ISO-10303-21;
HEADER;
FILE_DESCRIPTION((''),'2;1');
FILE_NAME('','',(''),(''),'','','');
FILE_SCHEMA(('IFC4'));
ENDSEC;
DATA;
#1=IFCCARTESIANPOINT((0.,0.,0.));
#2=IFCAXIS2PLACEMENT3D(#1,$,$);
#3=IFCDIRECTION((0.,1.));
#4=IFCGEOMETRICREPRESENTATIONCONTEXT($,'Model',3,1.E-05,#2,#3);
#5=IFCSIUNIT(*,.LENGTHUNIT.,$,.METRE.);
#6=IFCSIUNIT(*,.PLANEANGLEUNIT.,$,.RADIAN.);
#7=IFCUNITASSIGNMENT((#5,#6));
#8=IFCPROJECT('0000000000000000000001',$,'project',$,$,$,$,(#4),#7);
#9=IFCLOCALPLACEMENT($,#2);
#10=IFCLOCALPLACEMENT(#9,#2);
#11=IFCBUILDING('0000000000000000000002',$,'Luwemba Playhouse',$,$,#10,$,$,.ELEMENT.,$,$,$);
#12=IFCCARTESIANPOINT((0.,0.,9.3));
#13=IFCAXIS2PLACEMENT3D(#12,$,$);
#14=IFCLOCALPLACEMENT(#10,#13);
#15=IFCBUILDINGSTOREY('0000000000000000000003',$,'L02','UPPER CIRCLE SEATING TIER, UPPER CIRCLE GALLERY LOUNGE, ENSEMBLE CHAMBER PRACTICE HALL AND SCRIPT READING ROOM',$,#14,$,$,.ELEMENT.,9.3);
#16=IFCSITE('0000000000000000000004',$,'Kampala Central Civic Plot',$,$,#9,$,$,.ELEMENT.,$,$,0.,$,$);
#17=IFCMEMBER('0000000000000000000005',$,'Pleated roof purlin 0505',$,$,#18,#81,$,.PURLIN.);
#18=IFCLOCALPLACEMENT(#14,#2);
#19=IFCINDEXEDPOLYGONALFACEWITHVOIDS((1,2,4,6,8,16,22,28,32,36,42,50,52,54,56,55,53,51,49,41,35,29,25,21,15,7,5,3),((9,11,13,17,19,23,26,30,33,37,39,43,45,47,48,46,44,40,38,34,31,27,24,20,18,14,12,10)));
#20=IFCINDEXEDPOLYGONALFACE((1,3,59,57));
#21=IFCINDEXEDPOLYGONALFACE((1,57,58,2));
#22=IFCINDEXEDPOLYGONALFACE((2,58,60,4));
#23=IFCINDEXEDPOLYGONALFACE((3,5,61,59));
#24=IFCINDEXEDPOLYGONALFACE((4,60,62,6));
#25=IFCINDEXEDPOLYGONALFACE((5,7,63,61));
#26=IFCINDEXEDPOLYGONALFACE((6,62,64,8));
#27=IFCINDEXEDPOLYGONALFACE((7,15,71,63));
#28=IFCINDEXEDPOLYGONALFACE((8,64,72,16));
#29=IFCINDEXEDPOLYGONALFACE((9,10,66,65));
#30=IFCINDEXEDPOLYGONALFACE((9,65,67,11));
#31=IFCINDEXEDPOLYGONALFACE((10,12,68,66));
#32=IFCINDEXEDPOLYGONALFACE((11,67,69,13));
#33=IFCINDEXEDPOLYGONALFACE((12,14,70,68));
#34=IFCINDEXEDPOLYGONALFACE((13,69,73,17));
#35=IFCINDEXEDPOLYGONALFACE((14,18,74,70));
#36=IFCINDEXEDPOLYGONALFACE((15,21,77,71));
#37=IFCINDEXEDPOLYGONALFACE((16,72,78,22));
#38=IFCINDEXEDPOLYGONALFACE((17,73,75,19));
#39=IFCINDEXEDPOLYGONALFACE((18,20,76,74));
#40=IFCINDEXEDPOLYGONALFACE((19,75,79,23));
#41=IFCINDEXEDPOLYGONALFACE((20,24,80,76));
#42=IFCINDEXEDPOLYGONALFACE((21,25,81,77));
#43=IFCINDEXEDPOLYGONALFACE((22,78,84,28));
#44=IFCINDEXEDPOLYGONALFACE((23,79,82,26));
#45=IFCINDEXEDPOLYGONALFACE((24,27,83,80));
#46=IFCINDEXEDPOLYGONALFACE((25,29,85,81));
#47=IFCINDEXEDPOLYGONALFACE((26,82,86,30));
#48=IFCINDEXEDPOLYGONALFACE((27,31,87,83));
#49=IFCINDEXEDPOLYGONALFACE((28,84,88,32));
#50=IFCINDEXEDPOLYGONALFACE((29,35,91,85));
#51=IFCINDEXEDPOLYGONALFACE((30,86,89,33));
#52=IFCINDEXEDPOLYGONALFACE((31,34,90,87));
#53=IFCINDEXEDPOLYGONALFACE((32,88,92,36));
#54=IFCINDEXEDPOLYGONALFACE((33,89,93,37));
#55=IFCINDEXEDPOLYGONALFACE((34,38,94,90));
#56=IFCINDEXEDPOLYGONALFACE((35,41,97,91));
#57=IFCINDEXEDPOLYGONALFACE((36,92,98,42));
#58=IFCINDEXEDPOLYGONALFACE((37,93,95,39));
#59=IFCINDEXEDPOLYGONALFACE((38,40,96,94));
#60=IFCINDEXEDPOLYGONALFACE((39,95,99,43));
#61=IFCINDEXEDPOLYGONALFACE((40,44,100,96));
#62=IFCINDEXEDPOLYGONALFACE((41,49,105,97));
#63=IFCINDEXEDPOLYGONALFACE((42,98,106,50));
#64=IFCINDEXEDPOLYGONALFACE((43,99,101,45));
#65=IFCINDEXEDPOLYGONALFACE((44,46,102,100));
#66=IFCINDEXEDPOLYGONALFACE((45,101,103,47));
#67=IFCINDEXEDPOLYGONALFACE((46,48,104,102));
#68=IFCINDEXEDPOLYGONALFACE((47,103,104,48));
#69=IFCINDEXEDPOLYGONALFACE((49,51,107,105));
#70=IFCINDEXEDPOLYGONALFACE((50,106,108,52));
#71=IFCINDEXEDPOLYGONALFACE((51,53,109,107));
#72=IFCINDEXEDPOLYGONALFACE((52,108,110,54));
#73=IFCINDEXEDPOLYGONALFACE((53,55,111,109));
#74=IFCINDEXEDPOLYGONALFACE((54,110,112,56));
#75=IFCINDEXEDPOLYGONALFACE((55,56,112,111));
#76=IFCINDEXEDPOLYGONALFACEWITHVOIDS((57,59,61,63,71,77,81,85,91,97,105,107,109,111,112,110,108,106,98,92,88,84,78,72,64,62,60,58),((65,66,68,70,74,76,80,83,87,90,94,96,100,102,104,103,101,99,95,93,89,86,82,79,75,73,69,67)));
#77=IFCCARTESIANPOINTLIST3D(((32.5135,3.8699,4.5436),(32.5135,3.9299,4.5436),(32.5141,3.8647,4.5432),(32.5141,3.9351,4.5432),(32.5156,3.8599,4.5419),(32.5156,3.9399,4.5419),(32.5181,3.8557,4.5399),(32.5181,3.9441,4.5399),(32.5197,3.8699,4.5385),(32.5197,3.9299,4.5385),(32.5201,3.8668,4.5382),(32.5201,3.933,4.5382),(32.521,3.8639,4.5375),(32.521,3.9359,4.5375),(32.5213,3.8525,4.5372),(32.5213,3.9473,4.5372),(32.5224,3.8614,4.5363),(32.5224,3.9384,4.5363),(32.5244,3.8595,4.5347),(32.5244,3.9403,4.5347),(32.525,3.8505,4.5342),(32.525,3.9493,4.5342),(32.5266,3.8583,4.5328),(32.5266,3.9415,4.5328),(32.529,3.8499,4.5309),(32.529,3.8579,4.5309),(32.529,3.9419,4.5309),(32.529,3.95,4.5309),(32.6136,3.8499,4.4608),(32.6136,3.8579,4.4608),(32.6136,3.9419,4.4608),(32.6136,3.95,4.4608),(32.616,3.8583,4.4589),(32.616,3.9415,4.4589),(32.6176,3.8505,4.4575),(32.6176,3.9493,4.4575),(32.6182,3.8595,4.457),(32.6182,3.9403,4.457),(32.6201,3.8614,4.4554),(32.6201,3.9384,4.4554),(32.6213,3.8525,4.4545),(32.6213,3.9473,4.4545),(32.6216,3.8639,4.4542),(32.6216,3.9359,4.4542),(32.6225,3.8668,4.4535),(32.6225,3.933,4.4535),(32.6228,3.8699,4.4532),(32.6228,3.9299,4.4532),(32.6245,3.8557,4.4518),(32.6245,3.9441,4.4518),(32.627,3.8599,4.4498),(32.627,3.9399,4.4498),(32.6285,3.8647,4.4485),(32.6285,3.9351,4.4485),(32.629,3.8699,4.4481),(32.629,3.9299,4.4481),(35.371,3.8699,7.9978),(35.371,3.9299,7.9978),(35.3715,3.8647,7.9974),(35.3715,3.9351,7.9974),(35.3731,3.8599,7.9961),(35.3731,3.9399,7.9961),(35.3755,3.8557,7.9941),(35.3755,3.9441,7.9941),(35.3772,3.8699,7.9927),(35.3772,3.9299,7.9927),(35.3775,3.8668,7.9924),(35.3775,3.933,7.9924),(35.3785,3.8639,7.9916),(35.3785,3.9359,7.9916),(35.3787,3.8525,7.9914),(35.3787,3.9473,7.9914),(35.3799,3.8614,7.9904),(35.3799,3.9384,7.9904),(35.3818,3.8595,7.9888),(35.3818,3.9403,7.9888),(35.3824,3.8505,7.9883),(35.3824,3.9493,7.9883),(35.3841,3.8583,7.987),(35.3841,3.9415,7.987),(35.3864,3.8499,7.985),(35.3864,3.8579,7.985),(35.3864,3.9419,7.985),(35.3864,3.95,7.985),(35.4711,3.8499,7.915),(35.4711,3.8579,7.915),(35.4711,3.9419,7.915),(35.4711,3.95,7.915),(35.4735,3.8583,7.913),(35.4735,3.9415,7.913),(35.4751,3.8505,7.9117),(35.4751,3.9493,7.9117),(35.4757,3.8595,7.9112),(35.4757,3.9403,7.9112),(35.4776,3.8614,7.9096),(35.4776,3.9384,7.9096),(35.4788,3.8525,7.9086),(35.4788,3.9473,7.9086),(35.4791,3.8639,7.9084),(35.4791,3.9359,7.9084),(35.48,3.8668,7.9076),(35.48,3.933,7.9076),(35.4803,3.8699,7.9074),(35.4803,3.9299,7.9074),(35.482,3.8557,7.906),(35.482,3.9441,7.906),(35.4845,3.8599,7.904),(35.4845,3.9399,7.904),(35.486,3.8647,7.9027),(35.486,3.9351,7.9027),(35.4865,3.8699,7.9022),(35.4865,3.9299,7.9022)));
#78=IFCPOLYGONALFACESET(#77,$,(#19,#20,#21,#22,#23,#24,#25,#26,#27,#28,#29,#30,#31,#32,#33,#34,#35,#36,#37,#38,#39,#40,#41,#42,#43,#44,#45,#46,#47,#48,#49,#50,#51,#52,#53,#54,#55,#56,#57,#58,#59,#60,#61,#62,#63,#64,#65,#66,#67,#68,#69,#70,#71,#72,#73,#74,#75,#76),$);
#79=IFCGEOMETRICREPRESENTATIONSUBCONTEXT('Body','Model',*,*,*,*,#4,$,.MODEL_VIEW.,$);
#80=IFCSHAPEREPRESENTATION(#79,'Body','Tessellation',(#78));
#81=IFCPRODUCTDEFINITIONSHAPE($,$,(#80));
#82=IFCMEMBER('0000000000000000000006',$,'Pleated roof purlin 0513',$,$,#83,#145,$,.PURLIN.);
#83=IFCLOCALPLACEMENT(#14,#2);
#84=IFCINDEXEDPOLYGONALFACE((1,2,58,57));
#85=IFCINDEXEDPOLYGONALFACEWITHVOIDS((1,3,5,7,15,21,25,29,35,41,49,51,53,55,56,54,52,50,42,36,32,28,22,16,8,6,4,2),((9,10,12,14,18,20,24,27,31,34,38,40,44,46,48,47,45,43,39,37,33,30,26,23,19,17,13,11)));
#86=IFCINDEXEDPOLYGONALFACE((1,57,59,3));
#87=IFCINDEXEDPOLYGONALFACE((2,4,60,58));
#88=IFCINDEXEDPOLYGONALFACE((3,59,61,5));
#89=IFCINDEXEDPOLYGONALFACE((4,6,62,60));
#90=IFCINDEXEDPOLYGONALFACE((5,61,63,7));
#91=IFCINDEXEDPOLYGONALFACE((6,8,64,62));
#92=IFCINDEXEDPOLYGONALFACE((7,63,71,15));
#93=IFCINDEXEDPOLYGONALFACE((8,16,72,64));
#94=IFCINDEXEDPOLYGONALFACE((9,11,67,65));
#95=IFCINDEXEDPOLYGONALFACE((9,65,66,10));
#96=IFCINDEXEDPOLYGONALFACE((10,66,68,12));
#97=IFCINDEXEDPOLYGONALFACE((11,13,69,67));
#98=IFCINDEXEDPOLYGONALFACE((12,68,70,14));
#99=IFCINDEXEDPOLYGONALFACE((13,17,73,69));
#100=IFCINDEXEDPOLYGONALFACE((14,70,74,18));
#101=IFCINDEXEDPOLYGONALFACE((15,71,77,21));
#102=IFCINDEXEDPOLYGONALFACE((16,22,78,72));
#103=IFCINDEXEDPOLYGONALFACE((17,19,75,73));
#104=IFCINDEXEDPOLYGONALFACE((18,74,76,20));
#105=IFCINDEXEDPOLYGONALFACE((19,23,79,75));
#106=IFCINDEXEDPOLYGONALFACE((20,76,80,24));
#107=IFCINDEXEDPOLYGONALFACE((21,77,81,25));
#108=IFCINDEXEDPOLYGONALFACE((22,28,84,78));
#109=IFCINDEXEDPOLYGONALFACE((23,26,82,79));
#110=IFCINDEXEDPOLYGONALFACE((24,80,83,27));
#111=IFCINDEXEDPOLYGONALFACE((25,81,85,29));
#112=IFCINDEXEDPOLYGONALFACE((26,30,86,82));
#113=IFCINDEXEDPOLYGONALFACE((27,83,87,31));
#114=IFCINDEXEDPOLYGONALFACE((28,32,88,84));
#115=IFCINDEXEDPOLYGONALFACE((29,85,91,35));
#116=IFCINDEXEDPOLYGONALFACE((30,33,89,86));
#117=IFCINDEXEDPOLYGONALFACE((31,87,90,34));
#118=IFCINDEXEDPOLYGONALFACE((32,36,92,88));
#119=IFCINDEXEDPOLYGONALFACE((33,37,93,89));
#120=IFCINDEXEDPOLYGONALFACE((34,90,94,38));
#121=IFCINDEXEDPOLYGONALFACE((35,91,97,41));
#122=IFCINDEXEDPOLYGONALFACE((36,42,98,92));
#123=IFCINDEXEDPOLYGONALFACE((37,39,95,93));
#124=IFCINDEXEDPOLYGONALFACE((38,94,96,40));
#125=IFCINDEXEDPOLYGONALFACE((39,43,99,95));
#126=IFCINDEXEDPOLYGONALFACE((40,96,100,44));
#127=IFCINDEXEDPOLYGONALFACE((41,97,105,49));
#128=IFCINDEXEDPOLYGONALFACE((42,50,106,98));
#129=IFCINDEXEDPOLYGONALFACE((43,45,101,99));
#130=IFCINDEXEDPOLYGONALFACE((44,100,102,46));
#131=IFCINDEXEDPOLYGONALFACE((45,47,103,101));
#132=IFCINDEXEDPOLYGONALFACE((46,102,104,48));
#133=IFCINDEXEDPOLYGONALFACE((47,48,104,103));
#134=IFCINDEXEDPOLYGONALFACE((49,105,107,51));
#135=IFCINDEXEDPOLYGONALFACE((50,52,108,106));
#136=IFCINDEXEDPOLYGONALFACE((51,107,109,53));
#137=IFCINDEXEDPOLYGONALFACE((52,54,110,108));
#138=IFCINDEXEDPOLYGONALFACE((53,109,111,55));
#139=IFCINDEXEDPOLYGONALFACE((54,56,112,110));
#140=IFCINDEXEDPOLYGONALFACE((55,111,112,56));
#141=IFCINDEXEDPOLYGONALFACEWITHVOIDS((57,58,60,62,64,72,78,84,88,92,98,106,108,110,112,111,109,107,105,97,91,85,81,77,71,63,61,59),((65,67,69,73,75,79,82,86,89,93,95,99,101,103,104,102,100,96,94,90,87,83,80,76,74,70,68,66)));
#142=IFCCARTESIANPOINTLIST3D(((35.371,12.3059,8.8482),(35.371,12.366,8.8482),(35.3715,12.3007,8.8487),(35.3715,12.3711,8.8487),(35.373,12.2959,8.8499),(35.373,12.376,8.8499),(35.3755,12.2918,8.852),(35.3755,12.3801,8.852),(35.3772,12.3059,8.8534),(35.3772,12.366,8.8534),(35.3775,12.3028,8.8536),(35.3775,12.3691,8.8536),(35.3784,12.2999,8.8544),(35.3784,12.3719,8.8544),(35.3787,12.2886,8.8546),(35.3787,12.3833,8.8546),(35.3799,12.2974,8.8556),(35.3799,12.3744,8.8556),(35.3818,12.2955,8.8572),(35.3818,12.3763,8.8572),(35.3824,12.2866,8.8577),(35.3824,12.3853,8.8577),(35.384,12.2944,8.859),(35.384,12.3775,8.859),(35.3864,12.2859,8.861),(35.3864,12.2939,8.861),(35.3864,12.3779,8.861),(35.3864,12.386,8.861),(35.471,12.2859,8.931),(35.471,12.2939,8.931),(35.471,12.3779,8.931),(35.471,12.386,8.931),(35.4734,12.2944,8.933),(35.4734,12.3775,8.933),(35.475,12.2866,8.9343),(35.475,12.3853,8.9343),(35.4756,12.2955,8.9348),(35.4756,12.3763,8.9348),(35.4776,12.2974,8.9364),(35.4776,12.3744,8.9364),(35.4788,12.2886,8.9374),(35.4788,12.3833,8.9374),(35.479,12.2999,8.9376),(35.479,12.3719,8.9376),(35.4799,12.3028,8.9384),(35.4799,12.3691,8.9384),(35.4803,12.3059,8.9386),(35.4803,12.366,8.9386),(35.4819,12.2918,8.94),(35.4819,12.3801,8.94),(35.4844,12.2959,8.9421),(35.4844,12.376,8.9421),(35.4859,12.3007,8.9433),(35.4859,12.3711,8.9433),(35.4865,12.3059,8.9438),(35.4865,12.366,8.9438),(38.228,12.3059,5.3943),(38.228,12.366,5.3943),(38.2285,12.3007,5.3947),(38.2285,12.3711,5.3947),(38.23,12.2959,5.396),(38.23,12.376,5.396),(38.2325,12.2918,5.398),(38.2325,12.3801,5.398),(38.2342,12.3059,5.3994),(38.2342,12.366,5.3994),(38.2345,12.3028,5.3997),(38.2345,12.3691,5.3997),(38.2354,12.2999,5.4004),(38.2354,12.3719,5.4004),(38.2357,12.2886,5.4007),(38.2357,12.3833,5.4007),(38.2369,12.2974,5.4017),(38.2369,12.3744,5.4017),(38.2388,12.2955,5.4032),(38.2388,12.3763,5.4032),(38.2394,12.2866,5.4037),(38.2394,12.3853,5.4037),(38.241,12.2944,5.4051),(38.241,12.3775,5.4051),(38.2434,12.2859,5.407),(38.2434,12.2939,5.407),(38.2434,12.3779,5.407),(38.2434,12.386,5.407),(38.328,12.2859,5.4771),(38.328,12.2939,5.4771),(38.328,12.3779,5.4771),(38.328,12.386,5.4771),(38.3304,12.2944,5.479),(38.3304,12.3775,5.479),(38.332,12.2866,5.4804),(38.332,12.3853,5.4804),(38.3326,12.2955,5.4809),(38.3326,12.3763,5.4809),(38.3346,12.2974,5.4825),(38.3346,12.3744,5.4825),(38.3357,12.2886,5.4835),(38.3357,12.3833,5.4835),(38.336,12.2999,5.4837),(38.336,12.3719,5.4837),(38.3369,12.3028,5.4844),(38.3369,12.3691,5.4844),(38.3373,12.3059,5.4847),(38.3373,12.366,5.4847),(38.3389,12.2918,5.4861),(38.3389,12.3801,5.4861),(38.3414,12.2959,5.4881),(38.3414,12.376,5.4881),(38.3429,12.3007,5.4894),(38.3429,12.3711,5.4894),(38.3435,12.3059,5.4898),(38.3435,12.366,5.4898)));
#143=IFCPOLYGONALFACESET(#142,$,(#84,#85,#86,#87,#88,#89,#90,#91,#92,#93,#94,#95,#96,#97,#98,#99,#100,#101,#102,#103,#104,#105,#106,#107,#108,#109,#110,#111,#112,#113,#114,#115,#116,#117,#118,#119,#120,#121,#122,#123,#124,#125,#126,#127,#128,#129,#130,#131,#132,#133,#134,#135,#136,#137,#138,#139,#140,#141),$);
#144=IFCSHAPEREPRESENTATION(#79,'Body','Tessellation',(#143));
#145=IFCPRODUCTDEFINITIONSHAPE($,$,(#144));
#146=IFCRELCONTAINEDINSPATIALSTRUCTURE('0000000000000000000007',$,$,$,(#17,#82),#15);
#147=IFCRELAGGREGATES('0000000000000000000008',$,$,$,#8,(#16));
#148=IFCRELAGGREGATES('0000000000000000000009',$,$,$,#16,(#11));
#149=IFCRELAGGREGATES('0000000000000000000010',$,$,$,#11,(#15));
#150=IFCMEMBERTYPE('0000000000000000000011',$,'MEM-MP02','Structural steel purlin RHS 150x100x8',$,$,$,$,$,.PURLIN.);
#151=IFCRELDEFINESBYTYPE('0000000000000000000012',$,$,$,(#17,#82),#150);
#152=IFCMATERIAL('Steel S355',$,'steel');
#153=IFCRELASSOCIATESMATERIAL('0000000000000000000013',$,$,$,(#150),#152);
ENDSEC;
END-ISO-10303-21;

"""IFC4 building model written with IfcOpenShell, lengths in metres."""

from ifc_helpers import new_model, si_unit, direction, frame, origin, origin_2d, place, context, subcontext, project, spatial, hollow_rectangle, extrude, material, material_profile, profile_set, type_object, element, save


model = new_model("IFC4")

# Units and contexts
model_context = context("Model", 3, precision=1e-05, world=origin(), true_north=direction((0.0, 1.0)))
body_context = subcontext(model_context, "Body", "Model", "MODEL_VIEW")
ifc_project = project(units=[si_unit("LENGTHUNIT", "METRE"), si_unit("PLANEANGLEUNIT", "RADIAN")], contexts=[model_context])

# Site, building, storey
site_placement = place(None, origin())
site = spatial("IfcSite", under=ifc_project, at=site_placement, Name="Kampala Central Civic Plot", CompositionType="ELEMENT", RefElevation=0.0)
building_placement = place(site_placement, origin())
building = spatial("IfcBuilding", under=site, at=building_placement, Name="Luwemba Playhouse", CompositionType="ELEMENT")
storey_placement = place(building_placement, frame((0.0, 0.0, 9.3)))
storey = spatial("IfcBuildingStorey", under=building, at=storey_placement, Name="L02", Description="UPPER CIRCLE SEATING TIER, UPPER CIRCLE GALLERY LOUNGE, ENSEMBLE CHAMBER PRACTICE HALL AND SCRIPT READING ROOM", CompositionType="ELEMENT", Elevation=9.3)

# Shared definitions
ifc_material_1 = material(Name="Steel S355", Category="steel")

# Members
ifc_material_profile_1 = material_profile(ifc_material_1, hollow_rectangle(XDim=0.1001, YDim=0.1499, WallThickness=0.0081, InnerFilletRadius=0.012, OuterFilletRadius=0.02, at=origin_2d()))
ifc_profile_set_1 = profile_set([ifc_material_profile_1], Name="Steel S355")
member_type_1 = type_object("IfcMemberType", Name="MEM-MP02", Description="Structural steel purlin RHS 150x100x8", PredefinedType="PURLIN", material=ifc_profile_set_1)
member_1_placement = place(storey_placement, frame((32.5713, 3.8999, 4.4958), z_axis=(0.637416, 0.0, 0.77052), x_axis=(0.0, 1.0, 0.0)))
element("IfcMember", 1, at=member_1_placement, inside=storey, type_object=member_type_1, Name="Pleated roof purlin 0505", PredefinedType="PURLIN", context=body_context, shape_type="SweptSolid", body=[
    extrude(hollow_rectangle(XDim=0.1001, YDim=0.1499, WallThickness=0.0081, InnerFilletRadius=0.012, OuterFilletRadius=0.02, at=origin_2d()), origin(), (0.0, 0.0, 1.0), 4.4829),
])
member_2_placement = place(storey_placement, frame((35.4287, 12.3359, 8.896), z_axis=(0.637378, 0.0, -0.770551), x_axis=(0.0, 1.0, 0.0)))
element("IfcMember", 2, at=member_2_placement, inside=storey, type_object=member_type_1, Name="Pleated roof purlin 0513", PredefinedType="PURLIN", context=body_context, shape_type="SweptSolid", body=[
    extrude(hollow_rectangle(XDim=0.1001, YDim=0.1499, WallThickness=0.0081, InnerFilletRadius=0.012, OuterFilletRadius=0.02, at=origin_2d()), origin(), (0.0, 0.0, 1.0), 4.4824),
])

save(model, "model.ifc")
